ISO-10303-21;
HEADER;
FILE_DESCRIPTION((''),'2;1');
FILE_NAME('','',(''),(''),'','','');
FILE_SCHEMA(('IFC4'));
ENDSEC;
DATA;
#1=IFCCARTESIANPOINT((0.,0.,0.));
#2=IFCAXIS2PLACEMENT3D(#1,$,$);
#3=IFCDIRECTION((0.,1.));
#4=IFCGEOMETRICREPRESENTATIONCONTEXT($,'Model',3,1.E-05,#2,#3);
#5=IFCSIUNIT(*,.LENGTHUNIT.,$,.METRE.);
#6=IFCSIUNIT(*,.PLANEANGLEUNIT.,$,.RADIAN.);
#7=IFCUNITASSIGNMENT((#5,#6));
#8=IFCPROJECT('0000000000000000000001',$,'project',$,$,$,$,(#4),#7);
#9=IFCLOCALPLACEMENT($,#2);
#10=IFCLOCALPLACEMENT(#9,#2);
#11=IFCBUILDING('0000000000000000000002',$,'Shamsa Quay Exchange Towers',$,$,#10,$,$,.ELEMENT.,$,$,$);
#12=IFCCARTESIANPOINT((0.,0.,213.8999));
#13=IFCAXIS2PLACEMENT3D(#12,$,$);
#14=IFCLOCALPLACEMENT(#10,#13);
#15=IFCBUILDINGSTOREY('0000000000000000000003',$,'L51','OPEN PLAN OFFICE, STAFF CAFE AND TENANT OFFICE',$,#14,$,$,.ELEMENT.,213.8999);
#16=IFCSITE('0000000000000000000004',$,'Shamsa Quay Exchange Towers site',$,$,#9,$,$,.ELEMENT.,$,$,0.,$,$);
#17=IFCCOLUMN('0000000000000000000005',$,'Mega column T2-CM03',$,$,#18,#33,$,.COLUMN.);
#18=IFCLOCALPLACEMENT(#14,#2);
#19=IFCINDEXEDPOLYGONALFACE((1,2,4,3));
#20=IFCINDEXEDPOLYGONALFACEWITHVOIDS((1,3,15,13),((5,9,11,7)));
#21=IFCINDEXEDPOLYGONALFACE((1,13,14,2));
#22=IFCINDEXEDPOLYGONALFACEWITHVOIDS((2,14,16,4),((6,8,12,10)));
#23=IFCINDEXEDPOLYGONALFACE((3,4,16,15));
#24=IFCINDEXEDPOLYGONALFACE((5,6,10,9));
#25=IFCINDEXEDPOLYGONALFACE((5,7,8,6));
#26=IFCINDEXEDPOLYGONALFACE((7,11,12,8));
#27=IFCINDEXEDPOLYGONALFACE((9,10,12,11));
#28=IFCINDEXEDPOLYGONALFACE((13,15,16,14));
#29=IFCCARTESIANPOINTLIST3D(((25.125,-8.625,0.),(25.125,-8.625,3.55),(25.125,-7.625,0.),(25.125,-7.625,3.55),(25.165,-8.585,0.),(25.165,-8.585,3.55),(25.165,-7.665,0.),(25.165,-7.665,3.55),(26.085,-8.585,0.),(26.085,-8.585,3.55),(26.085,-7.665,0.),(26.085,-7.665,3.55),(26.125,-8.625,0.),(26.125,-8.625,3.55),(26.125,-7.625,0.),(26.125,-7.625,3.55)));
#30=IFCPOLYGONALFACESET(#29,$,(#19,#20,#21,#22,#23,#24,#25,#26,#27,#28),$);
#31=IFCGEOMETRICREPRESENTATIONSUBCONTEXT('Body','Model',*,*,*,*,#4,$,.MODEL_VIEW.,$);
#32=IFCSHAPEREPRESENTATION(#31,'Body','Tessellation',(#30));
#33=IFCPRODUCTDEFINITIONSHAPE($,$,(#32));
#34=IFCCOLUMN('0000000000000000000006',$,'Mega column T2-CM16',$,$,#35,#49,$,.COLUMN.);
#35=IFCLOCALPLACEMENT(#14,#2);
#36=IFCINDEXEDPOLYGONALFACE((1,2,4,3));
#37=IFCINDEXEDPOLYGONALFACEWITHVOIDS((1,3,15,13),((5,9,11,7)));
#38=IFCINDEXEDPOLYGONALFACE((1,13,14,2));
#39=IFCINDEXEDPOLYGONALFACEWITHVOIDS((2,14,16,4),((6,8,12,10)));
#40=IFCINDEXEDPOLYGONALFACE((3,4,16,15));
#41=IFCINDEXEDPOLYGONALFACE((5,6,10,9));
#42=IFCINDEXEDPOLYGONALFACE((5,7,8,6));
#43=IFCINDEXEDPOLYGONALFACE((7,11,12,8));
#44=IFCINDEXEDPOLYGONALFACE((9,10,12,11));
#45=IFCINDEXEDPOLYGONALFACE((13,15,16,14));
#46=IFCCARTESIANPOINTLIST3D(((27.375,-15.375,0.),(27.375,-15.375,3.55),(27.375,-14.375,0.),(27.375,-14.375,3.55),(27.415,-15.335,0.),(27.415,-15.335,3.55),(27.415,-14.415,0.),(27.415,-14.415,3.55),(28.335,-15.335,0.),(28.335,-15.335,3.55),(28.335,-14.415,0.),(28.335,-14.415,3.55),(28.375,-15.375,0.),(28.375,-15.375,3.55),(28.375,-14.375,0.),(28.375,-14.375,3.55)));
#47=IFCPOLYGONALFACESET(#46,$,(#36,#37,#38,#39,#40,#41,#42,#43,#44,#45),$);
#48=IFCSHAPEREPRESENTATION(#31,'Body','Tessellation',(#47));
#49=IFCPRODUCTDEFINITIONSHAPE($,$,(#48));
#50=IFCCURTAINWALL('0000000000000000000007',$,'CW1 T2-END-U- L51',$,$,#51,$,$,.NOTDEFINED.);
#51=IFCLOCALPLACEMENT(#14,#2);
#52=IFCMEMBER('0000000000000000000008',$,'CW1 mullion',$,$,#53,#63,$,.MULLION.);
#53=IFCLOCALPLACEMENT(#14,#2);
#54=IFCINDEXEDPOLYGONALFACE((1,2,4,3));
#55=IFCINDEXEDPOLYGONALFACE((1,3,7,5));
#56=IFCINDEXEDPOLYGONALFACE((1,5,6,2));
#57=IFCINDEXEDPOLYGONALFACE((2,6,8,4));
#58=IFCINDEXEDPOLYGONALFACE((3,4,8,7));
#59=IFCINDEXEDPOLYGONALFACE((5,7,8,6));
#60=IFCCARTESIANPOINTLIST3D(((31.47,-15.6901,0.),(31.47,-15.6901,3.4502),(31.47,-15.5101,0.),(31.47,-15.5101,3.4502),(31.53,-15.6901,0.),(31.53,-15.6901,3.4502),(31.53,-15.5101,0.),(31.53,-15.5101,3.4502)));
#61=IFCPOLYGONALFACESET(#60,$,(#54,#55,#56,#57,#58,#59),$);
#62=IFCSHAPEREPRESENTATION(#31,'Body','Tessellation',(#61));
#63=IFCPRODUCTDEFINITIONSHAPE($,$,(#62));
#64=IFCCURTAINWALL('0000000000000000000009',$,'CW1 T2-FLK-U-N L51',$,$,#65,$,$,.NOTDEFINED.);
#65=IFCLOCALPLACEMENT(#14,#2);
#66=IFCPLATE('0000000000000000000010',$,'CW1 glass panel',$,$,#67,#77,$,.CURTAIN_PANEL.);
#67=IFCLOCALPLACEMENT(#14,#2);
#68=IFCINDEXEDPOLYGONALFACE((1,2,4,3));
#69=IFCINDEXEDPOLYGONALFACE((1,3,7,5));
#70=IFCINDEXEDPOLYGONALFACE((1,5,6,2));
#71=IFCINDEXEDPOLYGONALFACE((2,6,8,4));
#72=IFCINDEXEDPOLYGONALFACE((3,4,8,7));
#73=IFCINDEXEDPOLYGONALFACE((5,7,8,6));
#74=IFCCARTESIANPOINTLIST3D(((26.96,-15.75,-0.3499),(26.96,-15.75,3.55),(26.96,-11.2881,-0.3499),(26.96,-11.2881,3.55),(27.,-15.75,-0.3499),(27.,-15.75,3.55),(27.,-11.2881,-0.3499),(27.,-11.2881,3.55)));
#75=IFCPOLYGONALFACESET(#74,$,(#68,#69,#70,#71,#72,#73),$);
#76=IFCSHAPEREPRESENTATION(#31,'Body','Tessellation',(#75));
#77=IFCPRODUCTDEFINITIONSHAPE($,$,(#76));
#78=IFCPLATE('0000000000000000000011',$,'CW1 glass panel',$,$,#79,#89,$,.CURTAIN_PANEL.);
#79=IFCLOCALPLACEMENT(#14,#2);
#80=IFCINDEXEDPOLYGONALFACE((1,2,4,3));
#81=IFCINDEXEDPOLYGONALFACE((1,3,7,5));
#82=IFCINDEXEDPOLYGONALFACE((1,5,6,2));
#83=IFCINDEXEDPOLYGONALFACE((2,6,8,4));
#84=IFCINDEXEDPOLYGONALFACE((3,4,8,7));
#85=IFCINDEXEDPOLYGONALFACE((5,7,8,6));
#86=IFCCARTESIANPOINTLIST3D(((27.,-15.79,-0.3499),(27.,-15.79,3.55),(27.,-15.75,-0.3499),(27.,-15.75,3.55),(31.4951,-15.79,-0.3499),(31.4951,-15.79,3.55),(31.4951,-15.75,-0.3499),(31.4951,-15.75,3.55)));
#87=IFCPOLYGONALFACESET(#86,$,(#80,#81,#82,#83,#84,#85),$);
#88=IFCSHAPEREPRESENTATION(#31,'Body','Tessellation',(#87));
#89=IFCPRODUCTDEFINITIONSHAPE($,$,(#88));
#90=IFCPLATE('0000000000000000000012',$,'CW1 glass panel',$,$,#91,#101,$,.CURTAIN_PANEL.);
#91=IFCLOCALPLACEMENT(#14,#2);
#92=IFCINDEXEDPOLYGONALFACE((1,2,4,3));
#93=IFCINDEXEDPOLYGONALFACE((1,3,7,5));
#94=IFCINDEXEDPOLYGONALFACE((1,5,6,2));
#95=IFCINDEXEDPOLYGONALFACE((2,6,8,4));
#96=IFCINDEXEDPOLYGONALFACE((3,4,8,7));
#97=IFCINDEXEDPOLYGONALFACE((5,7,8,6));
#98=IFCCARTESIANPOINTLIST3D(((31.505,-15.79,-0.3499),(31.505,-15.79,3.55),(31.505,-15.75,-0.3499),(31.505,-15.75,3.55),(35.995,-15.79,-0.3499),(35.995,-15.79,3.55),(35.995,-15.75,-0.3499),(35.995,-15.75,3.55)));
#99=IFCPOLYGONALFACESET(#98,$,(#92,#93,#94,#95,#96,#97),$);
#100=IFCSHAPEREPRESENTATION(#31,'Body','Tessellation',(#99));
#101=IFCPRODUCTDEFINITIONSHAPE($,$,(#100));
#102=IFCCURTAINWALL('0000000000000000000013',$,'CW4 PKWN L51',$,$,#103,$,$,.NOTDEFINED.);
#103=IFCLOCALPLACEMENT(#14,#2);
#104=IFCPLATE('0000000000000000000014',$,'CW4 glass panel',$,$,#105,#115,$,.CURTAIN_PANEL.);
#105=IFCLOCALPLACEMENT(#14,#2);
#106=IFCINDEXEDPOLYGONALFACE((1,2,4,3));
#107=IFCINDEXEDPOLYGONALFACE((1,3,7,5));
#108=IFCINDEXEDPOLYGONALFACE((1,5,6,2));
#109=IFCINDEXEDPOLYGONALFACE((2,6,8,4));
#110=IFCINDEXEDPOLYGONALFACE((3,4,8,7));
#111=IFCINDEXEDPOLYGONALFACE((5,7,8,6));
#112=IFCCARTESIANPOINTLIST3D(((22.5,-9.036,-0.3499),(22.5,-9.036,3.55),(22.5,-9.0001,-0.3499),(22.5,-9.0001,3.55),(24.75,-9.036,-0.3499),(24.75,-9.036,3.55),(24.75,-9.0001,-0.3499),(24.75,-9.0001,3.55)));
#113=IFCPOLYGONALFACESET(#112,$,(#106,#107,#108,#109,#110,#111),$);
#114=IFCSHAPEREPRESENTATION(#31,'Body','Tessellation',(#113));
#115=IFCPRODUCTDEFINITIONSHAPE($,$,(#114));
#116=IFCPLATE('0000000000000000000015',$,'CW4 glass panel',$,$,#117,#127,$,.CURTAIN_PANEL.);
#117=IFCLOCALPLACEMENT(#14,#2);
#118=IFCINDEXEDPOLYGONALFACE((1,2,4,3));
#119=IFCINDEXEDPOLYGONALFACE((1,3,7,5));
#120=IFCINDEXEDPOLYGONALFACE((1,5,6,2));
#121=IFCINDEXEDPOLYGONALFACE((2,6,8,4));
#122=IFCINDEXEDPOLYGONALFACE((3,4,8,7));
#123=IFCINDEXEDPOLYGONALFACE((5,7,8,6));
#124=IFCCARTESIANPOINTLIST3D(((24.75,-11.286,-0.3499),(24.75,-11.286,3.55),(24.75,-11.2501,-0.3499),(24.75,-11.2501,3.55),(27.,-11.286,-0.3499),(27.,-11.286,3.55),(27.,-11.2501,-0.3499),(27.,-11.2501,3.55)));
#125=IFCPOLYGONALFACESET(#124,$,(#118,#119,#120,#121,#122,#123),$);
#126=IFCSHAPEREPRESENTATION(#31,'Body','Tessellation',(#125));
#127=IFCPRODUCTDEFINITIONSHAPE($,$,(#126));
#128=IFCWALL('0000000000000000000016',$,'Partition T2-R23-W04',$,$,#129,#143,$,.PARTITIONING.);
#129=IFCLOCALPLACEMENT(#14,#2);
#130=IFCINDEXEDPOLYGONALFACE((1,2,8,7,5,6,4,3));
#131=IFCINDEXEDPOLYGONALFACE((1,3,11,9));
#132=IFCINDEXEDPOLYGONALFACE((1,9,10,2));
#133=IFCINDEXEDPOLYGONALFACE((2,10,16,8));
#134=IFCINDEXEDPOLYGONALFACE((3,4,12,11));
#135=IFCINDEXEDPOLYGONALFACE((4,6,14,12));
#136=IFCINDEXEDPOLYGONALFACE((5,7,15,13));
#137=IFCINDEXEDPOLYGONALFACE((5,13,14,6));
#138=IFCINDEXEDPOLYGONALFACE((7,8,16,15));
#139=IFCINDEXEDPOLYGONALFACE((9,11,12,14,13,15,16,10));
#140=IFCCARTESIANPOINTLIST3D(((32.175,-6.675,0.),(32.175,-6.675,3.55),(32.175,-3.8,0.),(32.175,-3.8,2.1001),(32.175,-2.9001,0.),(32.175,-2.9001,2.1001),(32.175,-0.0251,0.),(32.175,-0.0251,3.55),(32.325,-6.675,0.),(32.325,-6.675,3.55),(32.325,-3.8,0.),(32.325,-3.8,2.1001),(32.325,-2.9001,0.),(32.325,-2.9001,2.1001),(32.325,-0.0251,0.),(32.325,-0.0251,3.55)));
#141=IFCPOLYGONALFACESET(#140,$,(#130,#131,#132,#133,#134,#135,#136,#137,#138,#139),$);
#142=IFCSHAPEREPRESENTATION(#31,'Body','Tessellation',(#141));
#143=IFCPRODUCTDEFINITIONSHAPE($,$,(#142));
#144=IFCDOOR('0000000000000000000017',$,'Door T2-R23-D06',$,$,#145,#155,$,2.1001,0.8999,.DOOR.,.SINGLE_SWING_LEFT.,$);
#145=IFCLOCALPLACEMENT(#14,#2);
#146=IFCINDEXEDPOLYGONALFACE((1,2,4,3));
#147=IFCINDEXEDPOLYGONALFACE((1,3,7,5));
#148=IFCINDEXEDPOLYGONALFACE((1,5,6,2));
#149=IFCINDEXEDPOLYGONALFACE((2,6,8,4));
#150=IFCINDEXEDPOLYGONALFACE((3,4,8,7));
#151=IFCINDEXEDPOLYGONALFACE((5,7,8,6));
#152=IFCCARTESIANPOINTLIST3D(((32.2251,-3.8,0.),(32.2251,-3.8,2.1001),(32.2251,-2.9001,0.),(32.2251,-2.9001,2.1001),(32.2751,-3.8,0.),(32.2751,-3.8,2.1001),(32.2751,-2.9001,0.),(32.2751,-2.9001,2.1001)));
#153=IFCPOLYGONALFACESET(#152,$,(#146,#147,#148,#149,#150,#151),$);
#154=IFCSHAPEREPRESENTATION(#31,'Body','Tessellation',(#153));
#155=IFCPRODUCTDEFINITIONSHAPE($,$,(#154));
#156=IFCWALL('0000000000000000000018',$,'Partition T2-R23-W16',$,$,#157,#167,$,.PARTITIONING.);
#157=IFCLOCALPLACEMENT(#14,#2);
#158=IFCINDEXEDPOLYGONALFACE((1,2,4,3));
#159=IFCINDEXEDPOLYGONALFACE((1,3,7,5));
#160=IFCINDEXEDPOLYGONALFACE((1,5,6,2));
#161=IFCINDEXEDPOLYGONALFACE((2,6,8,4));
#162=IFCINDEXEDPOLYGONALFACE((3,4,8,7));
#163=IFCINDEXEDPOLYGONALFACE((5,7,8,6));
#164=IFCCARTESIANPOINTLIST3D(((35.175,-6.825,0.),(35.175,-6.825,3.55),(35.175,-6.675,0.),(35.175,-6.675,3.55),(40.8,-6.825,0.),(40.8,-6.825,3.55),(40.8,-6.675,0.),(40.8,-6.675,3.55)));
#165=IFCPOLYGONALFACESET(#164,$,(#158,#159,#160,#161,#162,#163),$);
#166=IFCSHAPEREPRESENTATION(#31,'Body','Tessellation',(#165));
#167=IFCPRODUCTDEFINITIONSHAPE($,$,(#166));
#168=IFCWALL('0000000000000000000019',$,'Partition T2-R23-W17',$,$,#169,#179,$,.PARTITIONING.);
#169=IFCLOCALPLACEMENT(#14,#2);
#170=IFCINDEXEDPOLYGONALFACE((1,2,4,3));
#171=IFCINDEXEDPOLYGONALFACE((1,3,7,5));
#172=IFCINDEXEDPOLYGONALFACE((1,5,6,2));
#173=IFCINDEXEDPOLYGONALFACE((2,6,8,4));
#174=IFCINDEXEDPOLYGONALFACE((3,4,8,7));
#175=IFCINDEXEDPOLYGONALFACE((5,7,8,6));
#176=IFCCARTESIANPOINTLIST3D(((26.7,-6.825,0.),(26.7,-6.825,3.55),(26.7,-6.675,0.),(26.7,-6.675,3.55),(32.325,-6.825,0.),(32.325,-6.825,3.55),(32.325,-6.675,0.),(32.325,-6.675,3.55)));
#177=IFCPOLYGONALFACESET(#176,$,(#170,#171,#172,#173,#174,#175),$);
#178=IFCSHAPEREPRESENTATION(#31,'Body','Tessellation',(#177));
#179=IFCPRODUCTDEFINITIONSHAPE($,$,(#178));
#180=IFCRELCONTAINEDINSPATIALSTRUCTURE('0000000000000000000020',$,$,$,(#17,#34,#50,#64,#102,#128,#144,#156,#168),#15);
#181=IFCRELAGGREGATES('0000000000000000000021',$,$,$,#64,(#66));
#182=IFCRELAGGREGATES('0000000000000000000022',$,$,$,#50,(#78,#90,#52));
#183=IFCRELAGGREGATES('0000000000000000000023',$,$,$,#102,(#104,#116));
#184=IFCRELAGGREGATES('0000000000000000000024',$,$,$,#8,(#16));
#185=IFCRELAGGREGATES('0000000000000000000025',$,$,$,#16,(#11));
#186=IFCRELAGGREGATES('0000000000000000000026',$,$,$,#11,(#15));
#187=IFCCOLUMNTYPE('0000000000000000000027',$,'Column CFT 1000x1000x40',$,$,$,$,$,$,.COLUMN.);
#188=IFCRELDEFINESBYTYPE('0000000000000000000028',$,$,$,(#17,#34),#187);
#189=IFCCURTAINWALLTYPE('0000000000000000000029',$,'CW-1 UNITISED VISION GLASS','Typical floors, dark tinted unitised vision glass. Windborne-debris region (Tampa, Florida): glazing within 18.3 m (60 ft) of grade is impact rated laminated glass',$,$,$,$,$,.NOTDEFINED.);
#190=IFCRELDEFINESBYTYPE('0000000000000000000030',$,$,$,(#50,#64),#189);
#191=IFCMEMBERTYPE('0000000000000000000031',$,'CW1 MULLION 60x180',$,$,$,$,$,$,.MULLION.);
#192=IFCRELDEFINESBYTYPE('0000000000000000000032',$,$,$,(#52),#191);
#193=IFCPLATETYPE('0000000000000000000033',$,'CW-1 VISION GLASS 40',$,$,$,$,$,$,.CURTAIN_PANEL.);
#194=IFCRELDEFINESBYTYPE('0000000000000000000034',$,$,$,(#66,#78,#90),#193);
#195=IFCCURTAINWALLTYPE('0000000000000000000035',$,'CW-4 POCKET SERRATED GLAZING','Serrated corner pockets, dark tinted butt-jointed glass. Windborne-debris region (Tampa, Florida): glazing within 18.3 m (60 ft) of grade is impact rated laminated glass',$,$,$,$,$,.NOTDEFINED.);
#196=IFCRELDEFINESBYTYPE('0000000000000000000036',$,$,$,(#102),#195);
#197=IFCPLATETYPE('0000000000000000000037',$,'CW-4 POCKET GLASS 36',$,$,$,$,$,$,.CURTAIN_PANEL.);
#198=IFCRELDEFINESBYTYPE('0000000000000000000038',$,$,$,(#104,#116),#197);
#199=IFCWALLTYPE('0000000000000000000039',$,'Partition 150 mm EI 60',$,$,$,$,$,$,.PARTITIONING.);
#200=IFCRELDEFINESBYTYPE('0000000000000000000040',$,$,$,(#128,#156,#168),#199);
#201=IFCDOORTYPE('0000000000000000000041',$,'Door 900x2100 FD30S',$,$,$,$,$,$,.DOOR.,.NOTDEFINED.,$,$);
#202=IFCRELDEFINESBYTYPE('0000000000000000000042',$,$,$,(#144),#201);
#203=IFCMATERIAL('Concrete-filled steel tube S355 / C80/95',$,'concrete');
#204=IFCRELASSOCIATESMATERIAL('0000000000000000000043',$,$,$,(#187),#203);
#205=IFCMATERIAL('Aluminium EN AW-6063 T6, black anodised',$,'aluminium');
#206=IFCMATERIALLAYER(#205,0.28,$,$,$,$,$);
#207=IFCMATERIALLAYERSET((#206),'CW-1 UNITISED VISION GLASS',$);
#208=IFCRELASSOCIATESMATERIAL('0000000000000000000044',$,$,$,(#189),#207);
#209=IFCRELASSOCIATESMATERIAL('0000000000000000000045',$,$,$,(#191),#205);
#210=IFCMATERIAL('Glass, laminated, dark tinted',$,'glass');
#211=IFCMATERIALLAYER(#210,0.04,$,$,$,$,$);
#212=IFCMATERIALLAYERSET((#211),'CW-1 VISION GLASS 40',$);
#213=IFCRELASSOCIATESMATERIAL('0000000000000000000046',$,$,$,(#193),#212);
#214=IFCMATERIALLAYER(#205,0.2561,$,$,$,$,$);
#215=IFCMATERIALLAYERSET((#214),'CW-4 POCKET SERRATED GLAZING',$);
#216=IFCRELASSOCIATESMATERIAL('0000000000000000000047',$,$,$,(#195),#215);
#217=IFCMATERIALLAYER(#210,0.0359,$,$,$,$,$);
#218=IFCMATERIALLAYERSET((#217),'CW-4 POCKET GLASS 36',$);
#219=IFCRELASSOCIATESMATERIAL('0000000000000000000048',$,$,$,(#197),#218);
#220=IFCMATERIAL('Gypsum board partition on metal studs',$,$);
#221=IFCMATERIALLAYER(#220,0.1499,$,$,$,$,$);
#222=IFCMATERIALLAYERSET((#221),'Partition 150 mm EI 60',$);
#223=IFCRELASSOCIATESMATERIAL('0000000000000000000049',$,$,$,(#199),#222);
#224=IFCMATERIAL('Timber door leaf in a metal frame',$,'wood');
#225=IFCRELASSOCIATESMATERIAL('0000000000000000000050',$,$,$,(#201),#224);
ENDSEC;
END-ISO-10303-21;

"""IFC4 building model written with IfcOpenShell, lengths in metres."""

from ifc_helpers import new_model, si_unit, direction, frame, frame_2d, origin, origin_2d, place, context, subcontext, project, spatial, rectangle, hollow_rectangle, extrude, material, layer, layer_set, material_profile, profile_set, type_object, element, fill, aggregate, save


model = new_model("IFC4")

# Units and contexts
model_context = context("Model", 3, precision=1e-05, world=origin(), true_north=direction((0.0, 1.0)))
body_context = subcontext(model_context, "Body", "Model", "MODEL_VIEW")
ifc_project = project(units=[si_unit("LENGTHUNIT", "METRE"), si_unit("PLANEANGLEUNIT", "RADIAN")], contexts=[model_context])

# Site, building, storey
site_placement = place(None, origin())
site = spatial("IfcSite", under=ifc_project, at=site_placement, Name="Shamsa Quay Exchange Towers site", CompositionType="ELEMENT", RefElevation=0.0)
building_placement = place(site_placement, origin())
building = spatial("IfcBuilding", under=site, at=building_placement, Name="Shamsa Quay Exchange Towers", CompositionType="ELEMENT")
storey_placement = place(building_placement, frame((0.0, 0.0, 213.8999)))
storey = spatial("IfcBuildingStorey", under=building, at=storey_placement, Name="L51", Description="OPEN PLAN OFFICE, STAFF CAFE AND TENANT OFFICE", CompositionType="ELEMENT", Elevation=213.8999)

# Columns
ifc_material_1 = material(Name="Concrete-filled steel tube S355 / C80/95", Category="concrete")
ifc_material_profile_1 = material_profile(ifc_material_1, hollow_rectangle(XDim=1.0, YDim=1.0, WallThickness=0.04, at=origin_2d()), Name="CFT 1000x1000x40")
ifc_profile_set_1 = profile_set([ifc_material_profile_1], Name="Concrete-filled steel tube S355 / C80/95")
column_type = type_object("IfcColumnType", Name="Column CFT 1000x1000x40", PredefinedType="COLUMN", material=ifc_profile_set_1)
for number, where, name in (
    (1, (25.625, -8.125, 0.0), "Mega column T2-CM03"),
    (2, (27.875, -14.875, 0.0), "Mega column T2-CM16"),
):
    element("IfcColumn", number, at=place(storey_placement, frame(where)), inside=storey, type_object=column_type, Name=name, PredefinedType="COLUMN", context=body_context, shape_type="SweptSolid", body=[
        extrude(hollow_rectangle(XDim=1.0, YDim=1.0, WallThickness=0.04, at=origin_2d()), origin(), (0.0, 0.0, 1.0), 3.55),
    ])

# Curtain wall, member
ifc_material_2 = material(Name="Aluminium EN AW-6063 T6, black anodised", Category="aluminium")
ifc_layer_1 = layer(ifc_material_2, 0.28)
ifc_layer_set_1 = layer_set([ifc_layer_1], Name="CW-1 UNITISED VISION GLASS")
curtain_wall_type_1 = type_object("IfcCurtainWallType", Name="CW-1 UNITISED VISION GLASS", Description="Typical floors, dark tinted unitised vision glass. Windborne-debris region (Tampa, Florida): glazing within 18.3 m (60 ft) of grade is impact rated laminated glass", PredefinedType="NOTDEFINED", material=ifc_layer_set_1)
curtain_wall_1_placement = place(storey_placement, origin())
curtain_wall_1 = element("IfcCurtainWall", 3, at=curtain_wall_1_placement, inside=storey, type_object=curtain_wall_type_1, Name="CW1 T2-END-U- L51", PredefinedType="NOTDEFINED")
ifc_material_profile_2 = material_profile(ifc_material_2, rectangle(XDim=0.1799, YDim=0.0601, at=origin_2d()), Name="MU60x180")
ifc_profile_set_2 = profile_set([ifc_material_profile_2], Name="Aluminium EN AW-6063 T6, black anodised")
member_type = type_object("IfcMemberType", Name="CW1 MULLION 60x180", PredefinedType="MULLION", material=ifc_profile_set_2)
member_placement = place(storey_placement, frame((31.5, -15.6001, 0.0), z_axis=(0.0, 0.0, 1.0), x_axis=(0.0, 1.0, 0.0)))
member = element("IfcMember", 4, at=member_placement, type_object=member_type, Name="CW1 mullion", PredefinedType="MULLION", context=body_context, shape_type="SweptSolid", body=[
    extrude(rectangle(XDim=0.1799, YDim=0.0601, at=origin_2d()), origin(), (0.0, 0.0, 1.0), 3.4502),
])

# Curtain wall, plate
curtain_wall_2_placement = place(storey_placement, origin())
curtain_wall_2 = element("IfcCurtainWall", 5, at=curtain_wall_2_placement, inside=storey, type_object=curtain_wall_type_1, Name="CW1 T2-FLK-U-N L51", PredefinedType="NOTDEFINED")
ifc_material_3 = material(Name="Glass, laminated, dark tinted", Category="glass")
ifc_layer_2 = layer(ifc_material_3, 0.04)
ifc_layer_set_2 = layer_set([ifc_layer_2], Name="CW-1 VISION GLASS 40")
plate_type_1 = type_object("IfcPlateType", Name="CW-1 VISION GLASS 40", PredefinedType="CURTAIN_PANEL", material=ifc_layer_set_2)
plate_1_placement = place(storey_placement, frame((26.98, -13.519, -0.3499), z_axis=(0.0, 0.0, 1.0), x_axis=(0.0, -1.0, 0.0)))
plate_1 = element("IfcPlate", 6, at=plate_1_placement, type_object=plate_type_1, Name="CW1 glass panel", PredefinedType="CURTAIN_PANEL", context=body_context, shape_type="SweptSolid", body=[
    extrude(rectangle(XDim=4.4619, YDim=0.04, at=origin_2d()), origin(), (0.0, 0.0, 1.0), 3.8999),
])
aggregate(curtain_wall_2, [plate_1])

# Plates
plate_2_placement = place(storey_placement, frame((29.2476, -15.77, -0.3499)))
plate_2 = element("IfcPlate", 7, at=plate_2_placement, type_object=plate_type_1, Name="CW1 glass panel", PredefinedType="CURTAIN_PANEL", context=body_context, shape_type="SweptSolid", body=[
    extrude(rectangle(XDim=4.4951, YDim=0.04, at=origin_2d()), origin(), (0.0, 0.0, 1.0), 3.8999),
])
plate_3_placement = place(storey_placement, frame((33.75, -15.77, -0.3499)))
plate_3 = element("IfcPlate", 8, at=plate_3_placement, type_object=plate_type_1, Name="CW1 glass panel", PredefinedType="CURTAIN_PANEL", context=body_context, shape_type="SweptSolid", body=[
    extrude(rectangle(XDim=4.49, YDim=0.04, at=origin_2d()), origin(), (0.0, 0.0, 1.0), 3.8999),
])
aggregate(curtain_wall_1, [plate_2, plate_3, member])

# Curtain wall, plates
ifc_layer_3 = layer(ifc_material_2, 0.2561)
ifc_layer_set_3 = layer_set([ifc_layer_3], Name="CW-4 POCKET SERRATED GLAZING")
curtain_wall_type_2 = type_object("IfcCurtainWallType", Name="CW-4 POCKET SERRATED GLAZING", Description="Serrated corner pockets, dark tinted butt-jointed glass. Windborne-debris region (Tampa, Florida): glazing within 18.3 m (60 ft) of grade is impact rated laminated glass", PredefinedType="NOTDEFINED", material=ifc_layer_set_3)
curtain_wall_3_placement = place(storey_placement, origin())
curtain_wall_3 = element("IfcCurtainWall", 9, at=curtain_wall_3_placement, inside=storey, type_object=curtain_wall_type_2, Name="CW4 PKWN L51", PredefinedType="NOTDEFINED")
ifc_layer_4 = layer(ifc_material_3, 0.0359)
ifc_layer_set_4 = layer_set([ifc_layer_4], Name="CW-4 POCKET GLASS 36")
plate_type_2 = type_object("IfcPlateType", Name="CW-4 POCKET GLASS 36", PredefinedType="CURTAIN_PANEL", material=ifc_layer_set_4)
plate_4_placement = place(storey_placement, frame((23.625, -9.0181, -0.3499)))
plate_4 = element("IfcPlate", 10, at=plate_4_placement, type_object=plate_type_2, Name="CW4 glass panel", PredefinedType="CURTAIN_PANEL", context=body_context, shape_type="SweptSolid", body=[
    extrude(rectangle(XDim=2.25, YDim=0.0359, at=origin_2d()), origin(), (0.0, 0.0, 1.0), 3.8999),
])
plate_5_placement = place(storey_placement, frame((25.875, -11.2681, -0.3499)))
plate_5 = element("IfcPlate", 11, at=plate_5_placement, type_object=plate_type_2, Name="CW4 glass panel", PredefinedType="CURTAIN_PANEL", context=body_context, shape_type="SweptSolid", body=[
    extrude(rectangle(XDim=2.25, YDim=0.0359, at=origin_2d()), origin(), (0.0, 0.0, 1.0), 3.8999),
])
aggregate(curtain_wall_3, [plate_4, plate_5])

# Wall, opening, door
ifc_material_4 = material(Name="Gypsum board partition on metal studs")
ifc_layer_5 = layer(ifc_material_4, 0.1499)
ifc_layer_set_5 = layer_set([ifc_layer_5], Name="Partition 150 mm EI 60")
wall_type_1 = type_object("IfcWallType", Name="Partition 150 mm EI 60", PredefinedType="PARTITIONING", material=ifc_layer_set_5)
wall_1_placement = place(storey_placement, frame((32.25, -6.675, 0.0), z_axis=(0.0, 0.0, 1.0), x_axis=(0.0, 1.0, 0.0)))
wall_1 = element("IfcWall", 12, at=wall_1_placement, inside=storey, type_object=wall_type_1, Name="Partition T2-R23-W04", PredefinedType="PARTITIONING", context=body_context, shape_type="SweptSolid", body=[
    extrude(rectangle(XDim=6.6499, YDim=0.1499, at=frame_2d((3.325, 0.0))), origin(), (0.0, 0.0, 1.0), 3.55),
])
opening_1_placement = place(wall_1_placement, frame((2.875, 0.0, 0.0)))
opening_1 = element("IfcOpeningElement", 13, at=opening_1_placement, cuts=wall_1, PredefinedType="OPENING", context=body_context, shape_type="SweptSolid", body=[
    extrude(rectangle(XDim=0.8999, YDim=2.1001, at=frame_2d((0.45, 1.05))), frame((0.0, 0.085, 0.0), z_axis=(0.0, -1.0, 0.0), x_axis=(1.0, 0.0, 0.0)), (0.0, 0.0, 1.0), 0.1699),
])
ifc_material_5 = material(Name="Timber door leaf in a metal frame", Category="wood")
door_type_1 = type_object("IfcDoorType", Name="Door 900x2100 FD30S", OperationType="NOTDEFINED", PredefinedType="DOOR", material=ifc_material_5)
door_1_placement = place(opening_1_placement, origin())
door_1 = element("IfcDoor", 14, at=door_1_placement, inside=storey, type_object=door_type_1, Name="Door T2-R23-D06", OperationType="SINGLE_SWING_LEFT", OverallHeight=2.1001, OverallWidth=0.8999, PredefinedType="DOOR", context=body_context, shape_type="SweptSolid", body=[
    extrude(rectangle(XDim=0.8999, YDim=2.1001, at=frame_2d((0.45, 1.05))), frame((0.0, 0.0249, 0.0), z_axis=(0.0, -1.0, 0.0), x_axis=(1.0, 0.0, 0.0)), (0.0, 0.0, 1.0), 0.05),
])
fill(opening_1, door_1)

# Walls
for number, where, name in (
    (15, (35.175, -6.75, 0.0), "Partition T2-R23-W16"),
    (16, (26.7, -6.75, 0.0), "Partition T2-R23-W17"),
):
    element("IfcWall", number, at=place(storey_placement, frame(where)), inside=storey, type_object=wall_type_1, Name=name, PredefinedType="PARTITIONING", context=body_context, shape_type="SweptSolid", body=[
        extrude(rectangle(XDim=5.625, YDim=0.1499, at=frame_2d((2.8125, 0.0))), origin(), (0.0, 0.0, 1.0), 3.55),
    ])

save(model, "model.ifc")
